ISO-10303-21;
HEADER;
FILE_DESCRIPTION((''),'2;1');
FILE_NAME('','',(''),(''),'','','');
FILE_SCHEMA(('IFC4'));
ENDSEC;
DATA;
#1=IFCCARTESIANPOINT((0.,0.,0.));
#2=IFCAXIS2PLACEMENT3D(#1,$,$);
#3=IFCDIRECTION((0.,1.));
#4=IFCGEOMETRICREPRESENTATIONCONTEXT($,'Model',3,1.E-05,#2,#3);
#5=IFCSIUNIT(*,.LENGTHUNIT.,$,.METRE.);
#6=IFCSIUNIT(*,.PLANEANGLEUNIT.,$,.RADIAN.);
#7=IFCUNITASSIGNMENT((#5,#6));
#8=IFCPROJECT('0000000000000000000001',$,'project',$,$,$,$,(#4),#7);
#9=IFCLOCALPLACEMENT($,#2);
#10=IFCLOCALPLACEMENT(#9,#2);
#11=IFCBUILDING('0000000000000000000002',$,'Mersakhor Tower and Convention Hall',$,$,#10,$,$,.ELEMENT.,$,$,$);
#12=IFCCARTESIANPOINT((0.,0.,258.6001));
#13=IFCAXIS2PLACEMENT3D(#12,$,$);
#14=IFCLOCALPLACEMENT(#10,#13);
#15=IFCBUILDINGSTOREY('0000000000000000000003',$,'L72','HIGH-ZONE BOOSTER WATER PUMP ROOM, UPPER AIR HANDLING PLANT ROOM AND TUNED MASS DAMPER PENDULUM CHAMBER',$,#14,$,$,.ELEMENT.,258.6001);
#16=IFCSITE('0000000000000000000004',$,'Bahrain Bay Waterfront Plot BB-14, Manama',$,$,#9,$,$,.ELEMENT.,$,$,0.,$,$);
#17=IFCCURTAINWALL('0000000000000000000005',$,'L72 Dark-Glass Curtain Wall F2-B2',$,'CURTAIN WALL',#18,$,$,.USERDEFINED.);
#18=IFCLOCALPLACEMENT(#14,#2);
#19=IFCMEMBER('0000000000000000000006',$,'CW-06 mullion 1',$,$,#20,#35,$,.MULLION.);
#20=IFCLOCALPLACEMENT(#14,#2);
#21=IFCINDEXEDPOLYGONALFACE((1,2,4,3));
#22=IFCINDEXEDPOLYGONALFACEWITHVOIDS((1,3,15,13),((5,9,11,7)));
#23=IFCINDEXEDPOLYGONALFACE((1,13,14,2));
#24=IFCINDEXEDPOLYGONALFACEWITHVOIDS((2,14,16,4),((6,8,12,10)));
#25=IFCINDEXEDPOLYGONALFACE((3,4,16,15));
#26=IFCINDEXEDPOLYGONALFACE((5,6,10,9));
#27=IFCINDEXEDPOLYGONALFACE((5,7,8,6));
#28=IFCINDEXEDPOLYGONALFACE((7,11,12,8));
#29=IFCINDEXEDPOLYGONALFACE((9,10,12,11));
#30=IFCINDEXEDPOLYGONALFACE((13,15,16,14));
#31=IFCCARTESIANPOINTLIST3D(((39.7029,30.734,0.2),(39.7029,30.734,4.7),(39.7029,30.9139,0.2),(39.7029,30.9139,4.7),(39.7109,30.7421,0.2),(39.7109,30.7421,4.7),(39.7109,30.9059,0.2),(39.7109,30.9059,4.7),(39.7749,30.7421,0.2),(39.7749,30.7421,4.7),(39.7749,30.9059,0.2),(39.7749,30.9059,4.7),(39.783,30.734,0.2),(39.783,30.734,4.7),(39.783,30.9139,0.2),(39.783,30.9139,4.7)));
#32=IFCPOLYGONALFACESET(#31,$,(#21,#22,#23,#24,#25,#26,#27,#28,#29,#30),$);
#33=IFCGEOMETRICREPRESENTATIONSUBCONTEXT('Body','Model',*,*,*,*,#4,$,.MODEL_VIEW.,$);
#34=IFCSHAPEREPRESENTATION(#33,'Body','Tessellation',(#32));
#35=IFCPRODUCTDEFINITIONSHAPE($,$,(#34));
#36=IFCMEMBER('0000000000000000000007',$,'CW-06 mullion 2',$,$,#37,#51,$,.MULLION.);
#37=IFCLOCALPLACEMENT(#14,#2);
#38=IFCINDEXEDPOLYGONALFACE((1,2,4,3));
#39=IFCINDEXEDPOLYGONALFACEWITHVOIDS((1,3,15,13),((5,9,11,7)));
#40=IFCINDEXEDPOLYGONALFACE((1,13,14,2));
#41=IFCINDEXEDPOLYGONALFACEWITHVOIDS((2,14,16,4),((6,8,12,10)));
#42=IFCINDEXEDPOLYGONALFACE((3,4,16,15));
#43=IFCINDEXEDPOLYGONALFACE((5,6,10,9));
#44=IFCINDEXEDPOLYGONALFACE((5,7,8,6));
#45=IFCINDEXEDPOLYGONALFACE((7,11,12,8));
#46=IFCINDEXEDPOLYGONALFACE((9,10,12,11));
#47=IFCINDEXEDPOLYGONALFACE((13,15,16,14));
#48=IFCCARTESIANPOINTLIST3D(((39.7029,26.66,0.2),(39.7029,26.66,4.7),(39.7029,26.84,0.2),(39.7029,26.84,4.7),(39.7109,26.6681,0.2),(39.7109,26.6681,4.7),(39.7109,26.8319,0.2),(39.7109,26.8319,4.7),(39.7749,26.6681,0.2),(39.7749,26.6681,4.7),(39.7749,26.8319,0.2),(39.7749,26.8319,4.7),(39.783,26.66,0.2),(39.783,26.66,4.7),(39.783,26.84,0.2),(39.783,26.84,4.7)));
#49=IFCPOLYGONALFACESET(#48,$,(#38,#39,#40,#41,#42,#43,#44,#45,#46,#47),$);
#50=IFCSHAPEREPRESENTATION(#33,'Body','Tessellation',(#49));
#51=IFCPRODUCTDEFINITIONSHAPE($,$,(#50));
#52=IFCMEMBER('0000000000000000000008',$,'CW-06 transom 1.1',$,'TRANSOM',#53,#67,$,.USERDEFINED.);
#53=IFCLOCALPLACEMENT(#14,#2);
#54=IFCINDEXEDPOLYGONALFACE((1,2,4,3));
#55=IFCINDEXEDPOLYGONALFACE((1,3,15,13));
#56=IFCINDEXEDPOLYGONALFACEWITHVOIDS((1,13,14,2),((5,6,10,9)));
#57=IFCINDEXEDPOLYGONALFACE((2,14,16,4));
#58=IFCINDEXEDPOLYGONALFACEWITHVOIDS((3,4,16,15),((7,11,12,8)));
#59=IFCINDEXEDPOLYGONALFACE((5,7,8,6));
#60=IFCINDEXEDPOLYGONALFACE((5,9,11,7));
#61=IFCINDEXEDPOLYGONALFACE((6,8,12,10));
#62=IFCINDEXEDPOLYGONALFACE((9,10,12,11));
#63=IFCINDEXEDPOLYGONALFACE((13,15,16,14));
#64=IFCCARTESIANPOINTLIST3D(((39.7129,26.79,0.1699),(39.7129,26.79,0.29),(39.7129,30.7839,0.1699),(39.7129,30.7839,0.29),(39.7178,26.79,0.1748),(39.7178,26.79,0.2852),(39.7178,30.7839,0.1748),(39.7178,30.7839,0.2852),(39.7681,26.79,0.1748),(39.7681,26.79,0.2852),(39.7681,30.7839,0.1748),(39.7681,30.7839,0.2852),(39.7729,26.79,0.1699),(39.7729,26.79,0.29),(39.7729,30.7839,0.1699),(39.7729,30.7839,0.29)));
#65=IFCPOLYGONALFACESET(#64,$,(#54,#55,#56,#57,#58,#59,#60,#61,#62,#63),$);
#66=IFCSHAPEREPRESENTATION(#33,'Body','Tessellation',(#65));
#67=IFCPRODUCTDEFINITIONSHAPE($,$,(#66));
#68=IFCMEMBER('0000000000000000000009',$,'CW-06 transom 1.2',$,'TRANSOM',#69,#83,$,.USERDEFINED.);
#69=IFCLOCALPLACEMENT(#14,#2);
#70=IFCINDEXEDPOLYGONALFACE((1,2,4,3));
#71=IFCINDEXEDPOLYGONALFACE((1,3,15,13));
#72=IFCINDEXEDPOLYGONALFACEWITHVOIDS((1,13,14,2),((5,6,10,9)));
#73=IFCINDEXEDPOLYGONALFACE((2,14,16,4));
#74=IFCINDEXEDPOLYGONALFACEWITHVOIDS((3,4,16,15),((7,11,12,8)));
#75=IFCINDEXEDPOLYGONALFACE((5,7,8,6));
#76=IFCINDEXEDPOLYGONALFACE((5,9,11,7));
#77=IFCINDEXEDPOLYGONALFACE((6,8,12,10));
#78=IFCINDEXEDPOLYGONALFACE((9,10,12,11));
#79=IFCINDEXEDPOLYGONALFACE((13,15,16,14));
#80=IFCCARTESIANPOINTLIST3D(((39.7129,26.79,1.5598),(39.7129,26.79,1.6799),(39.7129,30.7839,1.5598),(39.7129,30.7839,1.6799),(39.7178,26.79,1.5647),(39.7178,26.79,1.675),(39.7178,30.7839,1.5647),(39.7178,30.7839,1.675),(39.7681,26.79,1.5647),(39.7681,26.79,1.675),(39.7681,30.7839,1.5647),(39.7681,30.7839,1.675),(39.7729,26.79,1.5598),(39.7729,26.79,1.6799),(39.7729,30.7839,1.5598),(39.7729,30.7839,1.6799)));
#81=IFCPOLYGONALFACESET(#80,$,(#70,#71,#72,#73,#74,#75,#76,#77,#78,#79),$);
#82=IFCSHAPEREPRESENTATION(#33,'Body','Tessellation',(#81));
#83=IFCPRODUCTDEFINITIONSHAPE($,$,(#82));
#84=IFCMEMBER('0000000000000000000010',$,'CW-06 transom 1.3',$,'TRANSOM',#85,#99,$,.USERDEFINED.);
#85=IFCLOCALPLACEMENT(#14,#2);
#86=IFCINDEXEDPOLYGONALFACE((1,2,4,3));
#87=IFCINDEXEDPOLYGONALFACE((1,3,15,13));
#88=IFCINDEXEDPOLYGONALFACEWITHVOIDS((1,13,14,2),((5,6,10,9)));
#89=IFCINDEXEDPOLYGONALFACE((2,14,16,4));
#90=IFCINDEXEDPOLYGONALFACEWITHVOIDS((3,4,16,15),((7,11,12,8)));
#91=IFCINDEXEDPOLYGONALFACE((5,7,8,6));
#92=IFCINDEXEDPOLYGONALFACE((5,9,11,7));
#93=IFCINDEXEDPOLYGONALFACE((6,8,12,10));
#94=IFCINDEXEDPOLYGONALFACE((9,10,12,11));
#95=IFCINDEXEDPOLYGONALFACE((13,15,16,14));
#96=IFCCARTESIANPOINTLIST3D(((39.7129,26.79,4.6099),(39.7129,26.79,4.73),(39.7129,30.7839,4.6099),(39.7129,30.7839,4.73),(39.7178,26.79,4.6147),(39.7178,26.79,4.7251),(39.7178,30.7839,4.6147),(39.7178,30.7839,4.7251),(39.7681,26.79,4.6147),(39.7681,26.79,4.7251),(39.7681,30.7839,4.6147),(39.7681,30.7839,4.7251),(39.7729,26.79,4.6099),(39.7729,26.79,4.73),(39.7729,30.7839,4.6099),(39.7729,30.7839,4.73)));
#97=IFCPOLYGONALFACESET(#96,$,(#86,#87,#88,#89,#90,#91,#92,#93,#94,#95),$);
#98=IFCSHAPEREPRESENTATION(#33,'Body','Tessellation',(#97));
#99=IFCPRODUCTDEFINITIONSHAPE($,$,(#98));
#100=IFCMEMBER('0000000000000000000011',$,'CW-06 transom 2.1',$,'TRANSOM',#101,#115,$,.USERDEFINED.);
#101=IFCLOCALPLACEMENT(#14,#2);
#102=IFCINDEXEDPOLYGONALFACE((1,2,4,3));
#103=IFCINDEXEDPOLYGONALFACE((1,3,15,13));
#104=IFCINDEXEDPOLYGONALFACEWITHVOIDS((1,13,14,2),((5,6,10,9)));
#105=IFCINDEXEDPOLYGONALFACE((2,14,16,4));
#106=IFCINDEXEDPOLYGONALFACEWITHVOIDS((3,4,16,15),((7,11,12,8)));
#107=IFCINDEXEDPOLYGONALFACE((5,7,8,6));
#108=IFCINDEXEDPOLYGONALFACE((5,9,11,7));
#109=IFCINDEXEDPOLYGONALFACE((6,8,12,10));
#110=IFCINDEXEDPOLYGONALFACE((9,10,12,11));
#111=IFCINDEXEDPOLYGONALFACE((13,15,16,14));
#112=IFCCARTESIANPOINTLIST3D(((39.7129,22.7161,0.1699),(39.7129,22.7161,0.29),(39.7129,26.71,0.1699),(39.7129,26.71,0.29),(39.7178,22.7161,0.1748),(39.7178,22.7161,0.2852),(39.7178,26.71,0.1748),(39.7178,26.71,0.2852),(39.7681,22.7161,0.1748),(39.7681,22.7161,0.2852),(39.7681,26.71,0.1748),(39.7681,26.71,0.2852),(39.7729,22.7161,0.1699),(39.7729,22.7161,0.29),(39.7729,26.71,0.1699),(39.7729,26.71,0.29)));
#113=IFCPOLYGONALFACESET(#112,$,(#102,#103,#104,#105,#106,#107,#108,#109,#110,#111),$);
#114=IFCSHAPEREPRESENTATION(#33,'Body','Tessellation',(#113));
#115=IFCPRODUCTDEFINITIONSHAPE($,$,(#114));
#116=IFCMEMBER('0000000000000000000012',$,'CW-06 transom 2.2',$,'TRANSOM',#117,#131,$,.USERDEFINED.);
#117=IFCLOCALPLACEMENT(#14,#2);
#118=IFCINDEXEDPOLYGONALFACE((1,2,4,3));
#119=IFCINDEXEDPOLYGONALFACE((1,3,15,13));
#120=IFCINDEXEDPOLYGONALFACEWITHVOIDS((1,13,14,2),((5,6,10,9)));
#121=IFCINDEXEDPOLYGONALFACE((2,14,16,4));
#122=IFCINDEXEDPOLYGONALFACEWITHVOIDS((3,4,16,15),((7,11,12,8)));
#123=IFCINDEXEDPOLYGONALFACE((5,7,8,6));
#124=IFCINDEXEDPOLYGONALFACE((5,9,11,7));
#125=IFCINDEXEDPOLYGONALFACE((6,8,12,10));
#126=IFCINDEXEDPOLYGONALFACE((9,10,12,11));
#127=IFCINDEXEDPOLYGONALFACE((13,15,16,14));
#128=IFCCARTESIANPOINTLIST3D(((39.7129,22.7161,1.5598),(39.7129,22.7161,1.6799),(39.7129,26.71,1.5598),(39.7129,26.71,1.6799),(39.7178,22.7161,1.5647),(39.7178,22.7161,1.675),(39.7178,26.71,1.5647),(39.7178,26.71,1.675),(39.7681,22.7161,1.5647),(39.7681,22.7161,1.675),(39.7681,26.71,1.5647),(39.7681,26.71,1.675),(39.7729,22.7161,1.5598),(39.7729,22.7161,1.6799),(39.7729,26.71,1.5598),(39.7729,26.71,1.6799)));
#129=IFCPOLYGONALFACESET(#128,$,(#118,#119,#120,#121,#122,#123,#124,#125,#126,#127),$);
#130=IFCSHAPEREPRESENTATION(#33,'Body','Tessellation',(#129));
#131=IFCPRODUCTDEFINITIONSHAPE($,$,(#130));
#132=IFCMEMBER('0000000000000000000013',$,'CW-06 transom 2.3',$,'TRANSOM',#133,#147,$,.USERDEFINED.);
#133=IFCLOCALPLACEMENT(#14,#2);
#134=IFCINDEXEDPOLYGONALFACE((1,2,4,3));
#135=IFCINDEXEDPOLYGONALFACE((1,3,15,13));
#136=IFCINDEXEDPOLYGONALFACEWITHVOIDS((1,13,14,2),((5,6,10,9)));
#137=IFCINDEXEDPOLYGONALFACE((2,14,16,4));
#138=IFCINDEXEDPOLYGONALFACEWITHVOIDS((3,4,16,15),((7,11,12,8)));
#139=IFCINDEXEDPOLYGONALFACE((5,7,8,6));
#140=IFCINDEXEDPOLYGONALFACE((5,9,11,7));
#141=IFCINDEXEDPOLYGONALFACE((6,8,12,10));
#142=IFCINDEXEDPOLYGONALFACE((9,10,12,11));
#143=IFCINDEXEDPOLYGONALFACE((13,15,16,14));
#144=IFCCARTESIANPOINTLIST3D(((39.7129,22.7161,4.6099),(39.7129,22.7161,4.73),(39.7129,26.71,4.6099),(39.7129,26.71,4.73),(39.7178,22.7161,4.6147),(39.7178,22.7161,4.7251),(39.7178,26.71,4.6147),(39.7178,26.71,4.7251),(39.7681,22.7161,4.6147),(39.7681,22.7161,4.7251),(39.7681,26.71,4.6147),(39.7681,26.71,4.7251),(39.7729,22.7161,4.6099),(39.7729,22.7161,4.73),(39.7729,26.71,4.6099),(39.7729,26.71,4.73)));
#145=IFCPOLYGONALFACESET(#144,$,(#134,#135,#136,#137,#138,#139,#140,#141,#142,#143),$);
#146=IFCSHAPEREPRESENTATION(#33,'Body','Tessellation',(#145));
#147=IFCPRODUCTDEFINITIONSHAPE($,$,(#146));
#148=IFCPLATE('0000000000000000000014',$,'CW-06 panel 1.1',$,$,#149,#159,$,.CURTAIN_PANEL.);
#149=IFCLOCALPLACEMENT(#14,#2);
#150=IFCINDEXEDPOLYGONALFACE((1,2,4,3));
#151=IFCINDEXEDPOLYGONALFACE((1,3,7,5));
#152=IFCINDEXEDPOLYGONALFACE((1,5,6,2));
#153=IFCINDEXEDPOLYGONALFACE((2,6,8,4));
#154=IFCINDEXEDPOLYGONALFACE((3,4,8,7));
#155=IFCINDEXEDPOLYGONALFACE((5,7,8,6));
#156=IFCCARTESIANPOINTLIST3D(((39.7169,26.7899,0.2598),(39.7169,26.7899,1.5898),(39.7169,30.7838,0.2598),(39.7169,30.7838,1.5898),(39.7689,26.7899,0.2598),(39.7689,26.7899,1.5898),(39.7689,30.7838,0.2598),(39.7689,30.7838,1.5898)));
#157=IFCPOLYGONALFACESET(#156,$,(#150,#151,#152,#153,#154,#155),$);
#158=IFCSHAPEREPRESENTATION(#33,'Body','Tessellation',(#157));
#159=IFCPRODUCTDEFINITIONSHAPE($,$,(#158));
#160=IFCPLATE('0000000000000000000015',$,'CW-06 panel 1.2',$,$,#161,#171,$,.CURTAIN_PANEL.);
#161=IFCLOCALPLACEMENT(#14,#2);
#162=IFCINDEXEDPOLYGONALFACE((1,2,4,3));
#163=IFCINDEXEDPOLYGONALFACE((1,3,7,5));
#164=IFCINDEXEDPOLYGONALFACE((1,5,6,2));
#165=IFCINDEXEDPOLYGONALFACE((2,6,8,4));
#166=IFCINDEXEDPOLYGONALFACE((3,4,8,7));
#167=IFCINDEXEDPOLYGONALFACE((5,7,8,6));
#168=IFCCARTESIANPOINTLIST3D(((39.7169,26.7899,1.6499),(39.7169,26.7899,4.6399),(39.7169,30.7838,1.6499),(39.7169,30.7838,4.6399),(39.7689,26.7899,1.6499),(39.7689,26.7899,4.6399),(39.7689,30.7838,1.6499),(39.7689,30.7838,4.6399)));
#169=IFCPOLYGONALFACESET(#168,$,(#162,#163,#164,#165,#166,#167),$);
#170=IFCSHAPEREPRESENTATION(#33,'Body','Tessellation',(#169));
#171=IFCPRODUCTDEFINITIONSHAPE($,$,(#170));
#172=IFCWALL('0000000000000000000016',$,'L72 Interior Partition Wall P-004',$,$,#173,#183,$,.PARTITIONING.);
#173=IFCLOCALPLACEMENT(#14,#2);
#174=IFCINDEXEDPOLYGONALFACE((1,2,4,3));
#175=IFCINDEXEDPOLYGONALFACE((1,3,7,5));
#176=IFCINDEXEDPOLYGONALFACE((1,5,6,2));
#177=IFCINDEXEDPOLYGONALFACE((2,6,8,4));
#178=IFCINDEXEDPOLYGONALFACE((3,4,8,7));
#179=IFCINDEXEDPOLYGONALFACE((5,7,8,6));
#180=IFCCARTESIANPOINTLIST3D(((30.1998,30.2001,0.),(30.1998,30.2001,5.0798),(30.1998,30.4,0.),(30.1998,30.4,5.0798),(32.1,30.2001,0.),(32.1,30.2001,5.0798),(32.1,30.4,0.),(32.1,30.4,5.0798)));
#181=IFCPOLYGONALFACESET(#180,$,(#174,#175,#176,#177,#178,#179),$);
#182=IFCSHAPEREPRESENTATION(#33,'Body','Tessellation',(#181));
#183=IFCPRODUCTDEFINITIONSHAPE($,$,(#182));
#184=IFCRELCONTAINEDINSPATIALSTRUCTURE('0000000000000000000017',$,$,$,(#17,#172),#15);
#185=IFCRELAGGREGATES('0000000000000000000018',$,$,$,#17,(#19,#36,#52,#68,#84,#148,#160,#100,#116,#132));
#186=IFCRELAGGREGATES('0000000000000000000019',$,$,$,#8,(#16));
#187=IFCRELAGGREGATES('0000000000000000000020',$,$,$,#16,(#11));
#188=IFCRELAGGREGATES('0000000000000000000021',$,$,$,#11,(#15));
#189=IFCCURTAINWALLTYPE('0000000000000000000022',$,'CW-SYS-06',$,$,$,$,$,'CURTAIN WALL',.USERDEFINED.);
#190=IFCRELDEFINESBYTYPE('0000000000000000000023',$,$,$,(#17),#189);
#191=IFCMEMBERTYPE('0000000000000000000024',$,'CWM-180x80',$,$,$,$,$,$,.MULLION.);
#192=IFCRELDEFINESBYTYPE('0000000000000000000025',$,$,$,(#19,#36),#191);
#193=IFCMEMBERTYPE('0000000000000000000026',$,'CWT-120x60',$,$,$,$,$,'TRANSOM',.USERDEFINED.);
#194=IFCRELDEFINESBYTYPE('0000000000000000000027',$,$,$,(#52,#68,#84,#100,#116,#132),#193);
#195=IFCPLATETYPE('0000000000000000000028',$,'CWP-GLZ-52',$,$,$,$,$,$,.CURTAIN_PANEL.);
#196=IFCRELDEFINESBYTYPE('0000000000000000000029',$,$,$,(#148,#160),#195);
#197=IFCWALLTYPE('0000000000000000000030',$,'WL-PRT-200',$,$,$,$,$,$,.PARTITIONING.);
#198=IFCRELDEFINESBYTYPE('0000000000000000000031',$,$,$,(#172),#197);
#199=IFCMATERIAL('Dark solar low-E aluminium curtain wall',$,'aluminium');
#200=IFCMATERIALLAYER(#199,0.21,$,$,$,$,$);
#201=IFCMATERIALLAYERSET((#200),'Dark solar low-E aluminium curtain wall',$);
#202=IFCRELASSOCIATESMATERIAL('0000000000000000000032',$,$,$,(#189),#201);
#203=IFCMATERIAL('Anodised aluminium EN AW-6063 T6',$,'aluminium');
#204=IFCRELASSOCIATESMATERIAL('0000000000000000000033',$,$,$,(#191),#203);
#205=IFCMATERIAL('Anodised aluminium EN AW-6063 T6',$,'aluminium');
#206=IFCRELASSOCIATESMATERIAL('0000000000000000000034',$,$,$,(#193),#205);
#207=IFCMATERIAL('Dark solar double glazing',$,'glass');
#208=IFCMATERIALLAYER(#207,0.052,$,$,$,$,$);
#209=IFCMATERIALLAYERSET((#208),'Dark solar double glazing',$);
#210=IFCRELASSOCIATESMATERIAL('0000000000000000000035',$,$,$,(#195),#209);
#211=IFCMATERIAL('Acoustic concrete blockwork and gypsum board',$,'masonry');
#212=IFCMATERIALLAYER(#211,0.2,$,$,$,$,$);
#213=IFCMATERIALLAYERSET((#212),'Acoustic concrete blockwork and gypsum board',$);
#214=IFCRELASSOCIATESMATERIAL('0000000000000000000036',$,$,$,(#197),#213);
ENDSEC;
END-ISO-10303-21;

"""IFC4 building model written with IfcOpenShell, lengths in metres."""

from ifc_helpers import new_model, si_unit, direction, frame, frame_2d, origin, origin_2d, place, context, subcontext, project, spatial, rectangle, hollow_rectangle, extrude, material, layer, layer_set, material_profile, profile_set, type_object, element, aggregate, save


model = new_model("IFC4")

# Units and contexts
model_context = context("Model", 3, precision=1e-05, world=origin(), true_north=direction((0.0, 1.0)))
body_context = subcontext(model_context, "Body", "Model", "MODEL_VIEW")
ifc_project = project(units=[si_unit("LENGTHUNIT", "METRE"), si_unit("PLANEANGLEUNIT", "RADIAN")], contexts=[model_context])

# Site, building, storey
site_placement = place(None, origin())
site = spatial("IfcSite", under=ifc_project, at=site_placement, Name="Bahrain Bay Waterfront Plot BB-14, Manama", CompositionType="ELEMENT", RefElevation=0.0)
building_placement = place(site_placement, origin())
building = spatial("IfcBuilding", under=site, at=building_placement, Name="Mersakhor Tower and Convention Hall", CompositionType="ELEMENT")
storey_placement = place(building_placement, frame((0.0, 0.0, 258.6001)))
storey = spatial("IfcBuildingStorey", under=building, at=storey_placement, Name="L72", Description="HIGH-ZONE BOOSTER WATER PUMP ROOM, UPPER AIR HANDLING PLANT ROOM AND TUNED MASS DAMPER PENDULUM CHAMBER", CompositionType="ELEMENT", Elevation=258.6001)

# Curtain wall, members, plates
ifc_material_1 = material(Name="Dark solar low-E aluminium curtain wall", Category="aluminium")
ifc_layer_1 = layer(ifc_material_1, 0.21)
ifc_layer_set_1 = layer_set([ifc_layer_1], Name="Dark solar low-E aluminium curtain wall")
curtain_wall_type = type_object("IfcCurtainWallType", Name="CW-SYS-06", ElementType="CURTAIN WALL", PredefinedType="USERDEFINED", material=ifc_layer_set_1)
curtain_wall_placement = place(storey_placement, origin())
curtain_wall = element("IfcCurtainWall", 1, at=curtain_wall_placement, inside=storey, type_object=curtain_wall_type, Name="L72 Dark-Glass Curtain Wall F2-B2", ObjectType="CURTAIN WALL", PredefinedType="USERDEFINED")
ifc_material_2 = material(Name="Anodised aluminium EN AW-6063 T6", Category="aluminium")
ifc_material_profile_1 = material_profile(ifc_material_2, hollow_rectangle(XDim=0.0801, YDim=0.1799, WallThickness=0.0081, at=origin_2d()), Name="RHS 180x80x8")
ifc_profile_set_1 = profile_set([ifc_material_profile_1], Name="Anodised aluminium EN AW-6063 T6")
member_type_1 = type_object("IfcMemberType", Name="CWM-180x80", PredefinedType="MULLION", material=ifc_profile_set_1)
member_1_placement = place(storey_placement, frame((39.7429, 30.824, 0.2), z_axis=(0.0, 0.0, 1.0), x_axis=(1.0, 0.0, 0.0)))
member_1 = element("IfcMember", 2, at=member_1_placement, type_object=member_type_1, Name="CW-06 mullion 1", PredefinedType="MULLION", context=body_context, shape_type="SweptSolid", body=[
    extrude(hollow_rectangle(XDim=0.0801, YDim=0.1799, WallThickness=0.0081, at=origin_2d()), origin(), (0.0, 0.0, 1.0), 4.5),
])
member_2_placement = place(storey_placement, frame((39.7429, 26.75, 0.2), z_axis=(0.0, 0.0, 1.0), x_axis=(1.0, 0.0, 0.0)))
member_2 = element("IfcMember", 3, at=member_2_placement, type_object=member_type_1, Name="CW-06 mullion 2", PredefinedType="MULLION", context=body_context, shape_type="SweptSolid", body=[
    extrude(hollow_rectangle(XDim=0.0801, YDim=0.1799, WallThickness=0.0081, at=origin_2d()), origin(), (0.0, 0.0, 1.0), 4.5),
])
ifc_material_3 = material(Name="Anodised aluminium EN AW-6063 T6", Category="aluminium")
ifc_material_profile_2 = material_profile(ifc_material_3, hollow_rectangle(XDim=0.0601, YDim=0.1201, WallThickness=0.0049, at=origin_2d()), Name="RHS 120x60x5")
ifc_profile_set_2 = profile_set([ifc_material_profile_2], Name="Anodised aluminium EN AW-6063 T6")
member_type_2 = type_object("IfcMemberType", Name="CWT-120x60", ElementType="TRANSOM", PredefinedType="USERDEFINED", material=ifc_profile_set_2)
member_3_placement = place(storey_placement, frame((39.7429, 30.7839, 0.23), z_axis=(0.0, -1.0, 0.0), x_axis=(1.0, 0.0, 0.0)))
member_3 = element("IfcMember", 4, at=member_3_placement, type_object=member_type_2, Name="CW-06 transom 1.1", ObjectType="TRANSOM", PredefinedType="USERDEFINED", context=body_context, shape_type="SweptSolid", body=[
    extrude(hollow_rectangle(XDim=0.0601, YDim=0.1201, WallThickness=0.0049, at=origin_2d()), origin(), (0.0, 0.0, 1.0), 3.9939),
])
member_4_placement = place(storey_placement, frame((39.7429, 30.7839, 1.6199), z_axis=(0.0, -1.0, 0.0), x_axis=(1.0, 0.0, 0.0)))
member_4 = element("IfcMember", 5, at=member_4_placement, type_object=member_type_2, Name="CW-06 transom 1.2", ObjectType="TRANSOM", PredefinedType="USERDEFINED", context=body_context, shape_type="SweptSolid", body=[
    extrude(hollow_rectangle(XDim=0.0601, YDim=0.1201, WallThickness=0.0049, at=origin_2d()), origin(), (0.0, 0.0, 1.0), 3.9939),
])
member_5_placement = place(storey_placement, frame((39.7429, 30.7839, 4.6699), z_axis=(0.0, -1.0, 0.0), x_axis=(1.0, 0.0, 0.0)))
member_5 = element("IfcMember", 6, at=member_5_placement, type_object=member_type_2, Name="CW-06 transom 1.3", ObjectType="TRANSOM", PredefinedType="USERDEFINED", context=body_context, shape_type="SweptSolid", body=[
    extrude(hollow_rectangle(XDim=0.0601, YDim=0.1201, WallThickness=0.0049, at=origin_2d()), origin(), (0.0, 0.0, 1.0), 3.9939),
])
member_6_placement = place(storey_placement, frame((39.7429, 26.71, 0.23), z_axis=(0.0, -1.0, 0.0), x_axis=(1.0, 0.0, 0.0)))
member_6 = element("IfcMember", 7, at=member_6_placement, type_object=member_type_2, Name="CW-06 transom 2.1", ObjectType="TRANSOM", PredefinedType="USERDEFINED", context=body_context, shape_type="SweptSolid", body=[
    extrude(hollow_rectangle(XDim=0.0601, YDim=0.1201, WallThickness=0.0049, at=origin_2d()), origin(), (0.0, 0.0, 1.0), 3.9939),
])
member_7_placement = place(storey_placement, frame((39.7429, 26.71, 1.6199), z_axis=(0.0, -1.0, 0.0), x_axis=(1.0, 0.0, 0.0)))
member_7 = element("IfcMember", 8, at=member_7_placement, type_object=member_type_2, Name="CW-06 transom 2.2", ObjectType="TRANSOM", PredefinedType="USERDEFINED", context=body_context, shape_type="SweptSolid", body=[
    extrude(hollow_rectangle(XDim=0.0601, YDim=0.1201, WallThickness=0.0049, at=origin_2d()), origin(), (0.0, 0.0, 1.0), 3.9939),
])
member_8_placement = place(storey_placement, frame((39.7429, 26.71, 4.6699), z_axis=(0.0, -1.0, 0.0), x_axis=(1.0, 0.0, 0.0)))
member_8 = element("IfcMember", 9, at=member_8_placement, type_object=member_type_2, Name="CW-06 transom 2.3", ObjectType="TRANSOM", PredefinedType="USERDEFINED", context=body_context, shape_type="SweptSolid", body=[
    extrude(hollow_rectangle(XDim=0.0601, YDim=0.1201, WallThickness=0.0049, at=origin_2d()), origin(), (0.0, 0.0, 1.0), 3.9939),
])
ifc_material_4 = material(Name="Dark solar double glazing", Category="glass")
ifc_layer_2 = layer(ifc_material_4, 0.052)
ifc_layer_set_2 = layer_set([ifc_layer_2], Name="Dark solar double glazing")
plate_type = type_object("IfcPlateType", Name="CWP-GLZ-52", PredefinedType="CURTAIN_PANEL", material=ifc_layer_set_2)
plate_1_placement = place(storey_placement, frame((39.7429, 28.7869, 0.2598), z_axis=(0.0, 0.0, 1.0), x_axis=(0.0, -1.0, 0.0)))
plate_1 = element("IfcPlate", 10, at=plate_1_placement, type_object=plate_type, Name="CW-06 panel 1.1", PredefinedType="CURTAIN_PANEL", context=body_context, shape_type="SweptSolid", body=[
    extrude(rectangle(XDim=3.9939, YDim=0.052, at=origin_2d()), origin(), (0.0, 0.0, 1.0), 1.3301),
])
plate_2_placement = place(storey_placement, frame((39.7429, 28.7869, 1.6499), z_axis=(0.0, 0.0, 1.0), x_axis=(0.0, -1.0, 0.0)))
plate_2 = element("IfcPlate", 11, at=plate_2_placement, type_object=plate_type, Name="CW-06 panel 1.2", PredefinedType="CURTAIN_PANEL", context=body_context, shape_type="SweptSolid", body=[
    extrude(rectangle(XDim=3.9939, YDim=0.052, at=origin_2d()), origin(), (0.0, 0.0, 1.0), 2.99),
])
aggregate(curtain_wall, [member_1, member_2, member_3, member_4, member_5, plate_1, plate_2, member_6, member_7, member_8])

# Wall
ifc_material_5 = material(Name="Acoustic concrete blockwork and gypsum board", Category="masonry")
ifc_layer_3 = layer(ifc_material_5, 0.2)
ifc_layer_set_3 = layer_set([ifc_layer_3], Name="Acoustic concrete blockwork and gypsum board")
wall_type_1 = type_object("IfcWallType", Name="WL-PRT-200", PredefinedType="PARTITIONING", material=ifc_layer_set_3)
wall_1_placement = place(storey_placement, frame((32.1001, 30.3, 0.0), z_axis=(0.0, 0.0, 1.0), x_axis=(-1.0, 0.0, 0.0)))
element("IfcWall", 12, at=wall_1_placement, inside=storey, type_object=wall_type_1, Name="L72 Interior Partition Wall P-004", PredefinedType="PARTITIONING", context=body_context, shape_type="SweptSolid", body=[
    extrude(rectangle(XDim=1.9001, YDim=0.2, at=frame_2d((0.9502, 0.0))), origin(), (0.0, 0.0, 1.0), 5.0798),
])

save(model, "model.ifc")
